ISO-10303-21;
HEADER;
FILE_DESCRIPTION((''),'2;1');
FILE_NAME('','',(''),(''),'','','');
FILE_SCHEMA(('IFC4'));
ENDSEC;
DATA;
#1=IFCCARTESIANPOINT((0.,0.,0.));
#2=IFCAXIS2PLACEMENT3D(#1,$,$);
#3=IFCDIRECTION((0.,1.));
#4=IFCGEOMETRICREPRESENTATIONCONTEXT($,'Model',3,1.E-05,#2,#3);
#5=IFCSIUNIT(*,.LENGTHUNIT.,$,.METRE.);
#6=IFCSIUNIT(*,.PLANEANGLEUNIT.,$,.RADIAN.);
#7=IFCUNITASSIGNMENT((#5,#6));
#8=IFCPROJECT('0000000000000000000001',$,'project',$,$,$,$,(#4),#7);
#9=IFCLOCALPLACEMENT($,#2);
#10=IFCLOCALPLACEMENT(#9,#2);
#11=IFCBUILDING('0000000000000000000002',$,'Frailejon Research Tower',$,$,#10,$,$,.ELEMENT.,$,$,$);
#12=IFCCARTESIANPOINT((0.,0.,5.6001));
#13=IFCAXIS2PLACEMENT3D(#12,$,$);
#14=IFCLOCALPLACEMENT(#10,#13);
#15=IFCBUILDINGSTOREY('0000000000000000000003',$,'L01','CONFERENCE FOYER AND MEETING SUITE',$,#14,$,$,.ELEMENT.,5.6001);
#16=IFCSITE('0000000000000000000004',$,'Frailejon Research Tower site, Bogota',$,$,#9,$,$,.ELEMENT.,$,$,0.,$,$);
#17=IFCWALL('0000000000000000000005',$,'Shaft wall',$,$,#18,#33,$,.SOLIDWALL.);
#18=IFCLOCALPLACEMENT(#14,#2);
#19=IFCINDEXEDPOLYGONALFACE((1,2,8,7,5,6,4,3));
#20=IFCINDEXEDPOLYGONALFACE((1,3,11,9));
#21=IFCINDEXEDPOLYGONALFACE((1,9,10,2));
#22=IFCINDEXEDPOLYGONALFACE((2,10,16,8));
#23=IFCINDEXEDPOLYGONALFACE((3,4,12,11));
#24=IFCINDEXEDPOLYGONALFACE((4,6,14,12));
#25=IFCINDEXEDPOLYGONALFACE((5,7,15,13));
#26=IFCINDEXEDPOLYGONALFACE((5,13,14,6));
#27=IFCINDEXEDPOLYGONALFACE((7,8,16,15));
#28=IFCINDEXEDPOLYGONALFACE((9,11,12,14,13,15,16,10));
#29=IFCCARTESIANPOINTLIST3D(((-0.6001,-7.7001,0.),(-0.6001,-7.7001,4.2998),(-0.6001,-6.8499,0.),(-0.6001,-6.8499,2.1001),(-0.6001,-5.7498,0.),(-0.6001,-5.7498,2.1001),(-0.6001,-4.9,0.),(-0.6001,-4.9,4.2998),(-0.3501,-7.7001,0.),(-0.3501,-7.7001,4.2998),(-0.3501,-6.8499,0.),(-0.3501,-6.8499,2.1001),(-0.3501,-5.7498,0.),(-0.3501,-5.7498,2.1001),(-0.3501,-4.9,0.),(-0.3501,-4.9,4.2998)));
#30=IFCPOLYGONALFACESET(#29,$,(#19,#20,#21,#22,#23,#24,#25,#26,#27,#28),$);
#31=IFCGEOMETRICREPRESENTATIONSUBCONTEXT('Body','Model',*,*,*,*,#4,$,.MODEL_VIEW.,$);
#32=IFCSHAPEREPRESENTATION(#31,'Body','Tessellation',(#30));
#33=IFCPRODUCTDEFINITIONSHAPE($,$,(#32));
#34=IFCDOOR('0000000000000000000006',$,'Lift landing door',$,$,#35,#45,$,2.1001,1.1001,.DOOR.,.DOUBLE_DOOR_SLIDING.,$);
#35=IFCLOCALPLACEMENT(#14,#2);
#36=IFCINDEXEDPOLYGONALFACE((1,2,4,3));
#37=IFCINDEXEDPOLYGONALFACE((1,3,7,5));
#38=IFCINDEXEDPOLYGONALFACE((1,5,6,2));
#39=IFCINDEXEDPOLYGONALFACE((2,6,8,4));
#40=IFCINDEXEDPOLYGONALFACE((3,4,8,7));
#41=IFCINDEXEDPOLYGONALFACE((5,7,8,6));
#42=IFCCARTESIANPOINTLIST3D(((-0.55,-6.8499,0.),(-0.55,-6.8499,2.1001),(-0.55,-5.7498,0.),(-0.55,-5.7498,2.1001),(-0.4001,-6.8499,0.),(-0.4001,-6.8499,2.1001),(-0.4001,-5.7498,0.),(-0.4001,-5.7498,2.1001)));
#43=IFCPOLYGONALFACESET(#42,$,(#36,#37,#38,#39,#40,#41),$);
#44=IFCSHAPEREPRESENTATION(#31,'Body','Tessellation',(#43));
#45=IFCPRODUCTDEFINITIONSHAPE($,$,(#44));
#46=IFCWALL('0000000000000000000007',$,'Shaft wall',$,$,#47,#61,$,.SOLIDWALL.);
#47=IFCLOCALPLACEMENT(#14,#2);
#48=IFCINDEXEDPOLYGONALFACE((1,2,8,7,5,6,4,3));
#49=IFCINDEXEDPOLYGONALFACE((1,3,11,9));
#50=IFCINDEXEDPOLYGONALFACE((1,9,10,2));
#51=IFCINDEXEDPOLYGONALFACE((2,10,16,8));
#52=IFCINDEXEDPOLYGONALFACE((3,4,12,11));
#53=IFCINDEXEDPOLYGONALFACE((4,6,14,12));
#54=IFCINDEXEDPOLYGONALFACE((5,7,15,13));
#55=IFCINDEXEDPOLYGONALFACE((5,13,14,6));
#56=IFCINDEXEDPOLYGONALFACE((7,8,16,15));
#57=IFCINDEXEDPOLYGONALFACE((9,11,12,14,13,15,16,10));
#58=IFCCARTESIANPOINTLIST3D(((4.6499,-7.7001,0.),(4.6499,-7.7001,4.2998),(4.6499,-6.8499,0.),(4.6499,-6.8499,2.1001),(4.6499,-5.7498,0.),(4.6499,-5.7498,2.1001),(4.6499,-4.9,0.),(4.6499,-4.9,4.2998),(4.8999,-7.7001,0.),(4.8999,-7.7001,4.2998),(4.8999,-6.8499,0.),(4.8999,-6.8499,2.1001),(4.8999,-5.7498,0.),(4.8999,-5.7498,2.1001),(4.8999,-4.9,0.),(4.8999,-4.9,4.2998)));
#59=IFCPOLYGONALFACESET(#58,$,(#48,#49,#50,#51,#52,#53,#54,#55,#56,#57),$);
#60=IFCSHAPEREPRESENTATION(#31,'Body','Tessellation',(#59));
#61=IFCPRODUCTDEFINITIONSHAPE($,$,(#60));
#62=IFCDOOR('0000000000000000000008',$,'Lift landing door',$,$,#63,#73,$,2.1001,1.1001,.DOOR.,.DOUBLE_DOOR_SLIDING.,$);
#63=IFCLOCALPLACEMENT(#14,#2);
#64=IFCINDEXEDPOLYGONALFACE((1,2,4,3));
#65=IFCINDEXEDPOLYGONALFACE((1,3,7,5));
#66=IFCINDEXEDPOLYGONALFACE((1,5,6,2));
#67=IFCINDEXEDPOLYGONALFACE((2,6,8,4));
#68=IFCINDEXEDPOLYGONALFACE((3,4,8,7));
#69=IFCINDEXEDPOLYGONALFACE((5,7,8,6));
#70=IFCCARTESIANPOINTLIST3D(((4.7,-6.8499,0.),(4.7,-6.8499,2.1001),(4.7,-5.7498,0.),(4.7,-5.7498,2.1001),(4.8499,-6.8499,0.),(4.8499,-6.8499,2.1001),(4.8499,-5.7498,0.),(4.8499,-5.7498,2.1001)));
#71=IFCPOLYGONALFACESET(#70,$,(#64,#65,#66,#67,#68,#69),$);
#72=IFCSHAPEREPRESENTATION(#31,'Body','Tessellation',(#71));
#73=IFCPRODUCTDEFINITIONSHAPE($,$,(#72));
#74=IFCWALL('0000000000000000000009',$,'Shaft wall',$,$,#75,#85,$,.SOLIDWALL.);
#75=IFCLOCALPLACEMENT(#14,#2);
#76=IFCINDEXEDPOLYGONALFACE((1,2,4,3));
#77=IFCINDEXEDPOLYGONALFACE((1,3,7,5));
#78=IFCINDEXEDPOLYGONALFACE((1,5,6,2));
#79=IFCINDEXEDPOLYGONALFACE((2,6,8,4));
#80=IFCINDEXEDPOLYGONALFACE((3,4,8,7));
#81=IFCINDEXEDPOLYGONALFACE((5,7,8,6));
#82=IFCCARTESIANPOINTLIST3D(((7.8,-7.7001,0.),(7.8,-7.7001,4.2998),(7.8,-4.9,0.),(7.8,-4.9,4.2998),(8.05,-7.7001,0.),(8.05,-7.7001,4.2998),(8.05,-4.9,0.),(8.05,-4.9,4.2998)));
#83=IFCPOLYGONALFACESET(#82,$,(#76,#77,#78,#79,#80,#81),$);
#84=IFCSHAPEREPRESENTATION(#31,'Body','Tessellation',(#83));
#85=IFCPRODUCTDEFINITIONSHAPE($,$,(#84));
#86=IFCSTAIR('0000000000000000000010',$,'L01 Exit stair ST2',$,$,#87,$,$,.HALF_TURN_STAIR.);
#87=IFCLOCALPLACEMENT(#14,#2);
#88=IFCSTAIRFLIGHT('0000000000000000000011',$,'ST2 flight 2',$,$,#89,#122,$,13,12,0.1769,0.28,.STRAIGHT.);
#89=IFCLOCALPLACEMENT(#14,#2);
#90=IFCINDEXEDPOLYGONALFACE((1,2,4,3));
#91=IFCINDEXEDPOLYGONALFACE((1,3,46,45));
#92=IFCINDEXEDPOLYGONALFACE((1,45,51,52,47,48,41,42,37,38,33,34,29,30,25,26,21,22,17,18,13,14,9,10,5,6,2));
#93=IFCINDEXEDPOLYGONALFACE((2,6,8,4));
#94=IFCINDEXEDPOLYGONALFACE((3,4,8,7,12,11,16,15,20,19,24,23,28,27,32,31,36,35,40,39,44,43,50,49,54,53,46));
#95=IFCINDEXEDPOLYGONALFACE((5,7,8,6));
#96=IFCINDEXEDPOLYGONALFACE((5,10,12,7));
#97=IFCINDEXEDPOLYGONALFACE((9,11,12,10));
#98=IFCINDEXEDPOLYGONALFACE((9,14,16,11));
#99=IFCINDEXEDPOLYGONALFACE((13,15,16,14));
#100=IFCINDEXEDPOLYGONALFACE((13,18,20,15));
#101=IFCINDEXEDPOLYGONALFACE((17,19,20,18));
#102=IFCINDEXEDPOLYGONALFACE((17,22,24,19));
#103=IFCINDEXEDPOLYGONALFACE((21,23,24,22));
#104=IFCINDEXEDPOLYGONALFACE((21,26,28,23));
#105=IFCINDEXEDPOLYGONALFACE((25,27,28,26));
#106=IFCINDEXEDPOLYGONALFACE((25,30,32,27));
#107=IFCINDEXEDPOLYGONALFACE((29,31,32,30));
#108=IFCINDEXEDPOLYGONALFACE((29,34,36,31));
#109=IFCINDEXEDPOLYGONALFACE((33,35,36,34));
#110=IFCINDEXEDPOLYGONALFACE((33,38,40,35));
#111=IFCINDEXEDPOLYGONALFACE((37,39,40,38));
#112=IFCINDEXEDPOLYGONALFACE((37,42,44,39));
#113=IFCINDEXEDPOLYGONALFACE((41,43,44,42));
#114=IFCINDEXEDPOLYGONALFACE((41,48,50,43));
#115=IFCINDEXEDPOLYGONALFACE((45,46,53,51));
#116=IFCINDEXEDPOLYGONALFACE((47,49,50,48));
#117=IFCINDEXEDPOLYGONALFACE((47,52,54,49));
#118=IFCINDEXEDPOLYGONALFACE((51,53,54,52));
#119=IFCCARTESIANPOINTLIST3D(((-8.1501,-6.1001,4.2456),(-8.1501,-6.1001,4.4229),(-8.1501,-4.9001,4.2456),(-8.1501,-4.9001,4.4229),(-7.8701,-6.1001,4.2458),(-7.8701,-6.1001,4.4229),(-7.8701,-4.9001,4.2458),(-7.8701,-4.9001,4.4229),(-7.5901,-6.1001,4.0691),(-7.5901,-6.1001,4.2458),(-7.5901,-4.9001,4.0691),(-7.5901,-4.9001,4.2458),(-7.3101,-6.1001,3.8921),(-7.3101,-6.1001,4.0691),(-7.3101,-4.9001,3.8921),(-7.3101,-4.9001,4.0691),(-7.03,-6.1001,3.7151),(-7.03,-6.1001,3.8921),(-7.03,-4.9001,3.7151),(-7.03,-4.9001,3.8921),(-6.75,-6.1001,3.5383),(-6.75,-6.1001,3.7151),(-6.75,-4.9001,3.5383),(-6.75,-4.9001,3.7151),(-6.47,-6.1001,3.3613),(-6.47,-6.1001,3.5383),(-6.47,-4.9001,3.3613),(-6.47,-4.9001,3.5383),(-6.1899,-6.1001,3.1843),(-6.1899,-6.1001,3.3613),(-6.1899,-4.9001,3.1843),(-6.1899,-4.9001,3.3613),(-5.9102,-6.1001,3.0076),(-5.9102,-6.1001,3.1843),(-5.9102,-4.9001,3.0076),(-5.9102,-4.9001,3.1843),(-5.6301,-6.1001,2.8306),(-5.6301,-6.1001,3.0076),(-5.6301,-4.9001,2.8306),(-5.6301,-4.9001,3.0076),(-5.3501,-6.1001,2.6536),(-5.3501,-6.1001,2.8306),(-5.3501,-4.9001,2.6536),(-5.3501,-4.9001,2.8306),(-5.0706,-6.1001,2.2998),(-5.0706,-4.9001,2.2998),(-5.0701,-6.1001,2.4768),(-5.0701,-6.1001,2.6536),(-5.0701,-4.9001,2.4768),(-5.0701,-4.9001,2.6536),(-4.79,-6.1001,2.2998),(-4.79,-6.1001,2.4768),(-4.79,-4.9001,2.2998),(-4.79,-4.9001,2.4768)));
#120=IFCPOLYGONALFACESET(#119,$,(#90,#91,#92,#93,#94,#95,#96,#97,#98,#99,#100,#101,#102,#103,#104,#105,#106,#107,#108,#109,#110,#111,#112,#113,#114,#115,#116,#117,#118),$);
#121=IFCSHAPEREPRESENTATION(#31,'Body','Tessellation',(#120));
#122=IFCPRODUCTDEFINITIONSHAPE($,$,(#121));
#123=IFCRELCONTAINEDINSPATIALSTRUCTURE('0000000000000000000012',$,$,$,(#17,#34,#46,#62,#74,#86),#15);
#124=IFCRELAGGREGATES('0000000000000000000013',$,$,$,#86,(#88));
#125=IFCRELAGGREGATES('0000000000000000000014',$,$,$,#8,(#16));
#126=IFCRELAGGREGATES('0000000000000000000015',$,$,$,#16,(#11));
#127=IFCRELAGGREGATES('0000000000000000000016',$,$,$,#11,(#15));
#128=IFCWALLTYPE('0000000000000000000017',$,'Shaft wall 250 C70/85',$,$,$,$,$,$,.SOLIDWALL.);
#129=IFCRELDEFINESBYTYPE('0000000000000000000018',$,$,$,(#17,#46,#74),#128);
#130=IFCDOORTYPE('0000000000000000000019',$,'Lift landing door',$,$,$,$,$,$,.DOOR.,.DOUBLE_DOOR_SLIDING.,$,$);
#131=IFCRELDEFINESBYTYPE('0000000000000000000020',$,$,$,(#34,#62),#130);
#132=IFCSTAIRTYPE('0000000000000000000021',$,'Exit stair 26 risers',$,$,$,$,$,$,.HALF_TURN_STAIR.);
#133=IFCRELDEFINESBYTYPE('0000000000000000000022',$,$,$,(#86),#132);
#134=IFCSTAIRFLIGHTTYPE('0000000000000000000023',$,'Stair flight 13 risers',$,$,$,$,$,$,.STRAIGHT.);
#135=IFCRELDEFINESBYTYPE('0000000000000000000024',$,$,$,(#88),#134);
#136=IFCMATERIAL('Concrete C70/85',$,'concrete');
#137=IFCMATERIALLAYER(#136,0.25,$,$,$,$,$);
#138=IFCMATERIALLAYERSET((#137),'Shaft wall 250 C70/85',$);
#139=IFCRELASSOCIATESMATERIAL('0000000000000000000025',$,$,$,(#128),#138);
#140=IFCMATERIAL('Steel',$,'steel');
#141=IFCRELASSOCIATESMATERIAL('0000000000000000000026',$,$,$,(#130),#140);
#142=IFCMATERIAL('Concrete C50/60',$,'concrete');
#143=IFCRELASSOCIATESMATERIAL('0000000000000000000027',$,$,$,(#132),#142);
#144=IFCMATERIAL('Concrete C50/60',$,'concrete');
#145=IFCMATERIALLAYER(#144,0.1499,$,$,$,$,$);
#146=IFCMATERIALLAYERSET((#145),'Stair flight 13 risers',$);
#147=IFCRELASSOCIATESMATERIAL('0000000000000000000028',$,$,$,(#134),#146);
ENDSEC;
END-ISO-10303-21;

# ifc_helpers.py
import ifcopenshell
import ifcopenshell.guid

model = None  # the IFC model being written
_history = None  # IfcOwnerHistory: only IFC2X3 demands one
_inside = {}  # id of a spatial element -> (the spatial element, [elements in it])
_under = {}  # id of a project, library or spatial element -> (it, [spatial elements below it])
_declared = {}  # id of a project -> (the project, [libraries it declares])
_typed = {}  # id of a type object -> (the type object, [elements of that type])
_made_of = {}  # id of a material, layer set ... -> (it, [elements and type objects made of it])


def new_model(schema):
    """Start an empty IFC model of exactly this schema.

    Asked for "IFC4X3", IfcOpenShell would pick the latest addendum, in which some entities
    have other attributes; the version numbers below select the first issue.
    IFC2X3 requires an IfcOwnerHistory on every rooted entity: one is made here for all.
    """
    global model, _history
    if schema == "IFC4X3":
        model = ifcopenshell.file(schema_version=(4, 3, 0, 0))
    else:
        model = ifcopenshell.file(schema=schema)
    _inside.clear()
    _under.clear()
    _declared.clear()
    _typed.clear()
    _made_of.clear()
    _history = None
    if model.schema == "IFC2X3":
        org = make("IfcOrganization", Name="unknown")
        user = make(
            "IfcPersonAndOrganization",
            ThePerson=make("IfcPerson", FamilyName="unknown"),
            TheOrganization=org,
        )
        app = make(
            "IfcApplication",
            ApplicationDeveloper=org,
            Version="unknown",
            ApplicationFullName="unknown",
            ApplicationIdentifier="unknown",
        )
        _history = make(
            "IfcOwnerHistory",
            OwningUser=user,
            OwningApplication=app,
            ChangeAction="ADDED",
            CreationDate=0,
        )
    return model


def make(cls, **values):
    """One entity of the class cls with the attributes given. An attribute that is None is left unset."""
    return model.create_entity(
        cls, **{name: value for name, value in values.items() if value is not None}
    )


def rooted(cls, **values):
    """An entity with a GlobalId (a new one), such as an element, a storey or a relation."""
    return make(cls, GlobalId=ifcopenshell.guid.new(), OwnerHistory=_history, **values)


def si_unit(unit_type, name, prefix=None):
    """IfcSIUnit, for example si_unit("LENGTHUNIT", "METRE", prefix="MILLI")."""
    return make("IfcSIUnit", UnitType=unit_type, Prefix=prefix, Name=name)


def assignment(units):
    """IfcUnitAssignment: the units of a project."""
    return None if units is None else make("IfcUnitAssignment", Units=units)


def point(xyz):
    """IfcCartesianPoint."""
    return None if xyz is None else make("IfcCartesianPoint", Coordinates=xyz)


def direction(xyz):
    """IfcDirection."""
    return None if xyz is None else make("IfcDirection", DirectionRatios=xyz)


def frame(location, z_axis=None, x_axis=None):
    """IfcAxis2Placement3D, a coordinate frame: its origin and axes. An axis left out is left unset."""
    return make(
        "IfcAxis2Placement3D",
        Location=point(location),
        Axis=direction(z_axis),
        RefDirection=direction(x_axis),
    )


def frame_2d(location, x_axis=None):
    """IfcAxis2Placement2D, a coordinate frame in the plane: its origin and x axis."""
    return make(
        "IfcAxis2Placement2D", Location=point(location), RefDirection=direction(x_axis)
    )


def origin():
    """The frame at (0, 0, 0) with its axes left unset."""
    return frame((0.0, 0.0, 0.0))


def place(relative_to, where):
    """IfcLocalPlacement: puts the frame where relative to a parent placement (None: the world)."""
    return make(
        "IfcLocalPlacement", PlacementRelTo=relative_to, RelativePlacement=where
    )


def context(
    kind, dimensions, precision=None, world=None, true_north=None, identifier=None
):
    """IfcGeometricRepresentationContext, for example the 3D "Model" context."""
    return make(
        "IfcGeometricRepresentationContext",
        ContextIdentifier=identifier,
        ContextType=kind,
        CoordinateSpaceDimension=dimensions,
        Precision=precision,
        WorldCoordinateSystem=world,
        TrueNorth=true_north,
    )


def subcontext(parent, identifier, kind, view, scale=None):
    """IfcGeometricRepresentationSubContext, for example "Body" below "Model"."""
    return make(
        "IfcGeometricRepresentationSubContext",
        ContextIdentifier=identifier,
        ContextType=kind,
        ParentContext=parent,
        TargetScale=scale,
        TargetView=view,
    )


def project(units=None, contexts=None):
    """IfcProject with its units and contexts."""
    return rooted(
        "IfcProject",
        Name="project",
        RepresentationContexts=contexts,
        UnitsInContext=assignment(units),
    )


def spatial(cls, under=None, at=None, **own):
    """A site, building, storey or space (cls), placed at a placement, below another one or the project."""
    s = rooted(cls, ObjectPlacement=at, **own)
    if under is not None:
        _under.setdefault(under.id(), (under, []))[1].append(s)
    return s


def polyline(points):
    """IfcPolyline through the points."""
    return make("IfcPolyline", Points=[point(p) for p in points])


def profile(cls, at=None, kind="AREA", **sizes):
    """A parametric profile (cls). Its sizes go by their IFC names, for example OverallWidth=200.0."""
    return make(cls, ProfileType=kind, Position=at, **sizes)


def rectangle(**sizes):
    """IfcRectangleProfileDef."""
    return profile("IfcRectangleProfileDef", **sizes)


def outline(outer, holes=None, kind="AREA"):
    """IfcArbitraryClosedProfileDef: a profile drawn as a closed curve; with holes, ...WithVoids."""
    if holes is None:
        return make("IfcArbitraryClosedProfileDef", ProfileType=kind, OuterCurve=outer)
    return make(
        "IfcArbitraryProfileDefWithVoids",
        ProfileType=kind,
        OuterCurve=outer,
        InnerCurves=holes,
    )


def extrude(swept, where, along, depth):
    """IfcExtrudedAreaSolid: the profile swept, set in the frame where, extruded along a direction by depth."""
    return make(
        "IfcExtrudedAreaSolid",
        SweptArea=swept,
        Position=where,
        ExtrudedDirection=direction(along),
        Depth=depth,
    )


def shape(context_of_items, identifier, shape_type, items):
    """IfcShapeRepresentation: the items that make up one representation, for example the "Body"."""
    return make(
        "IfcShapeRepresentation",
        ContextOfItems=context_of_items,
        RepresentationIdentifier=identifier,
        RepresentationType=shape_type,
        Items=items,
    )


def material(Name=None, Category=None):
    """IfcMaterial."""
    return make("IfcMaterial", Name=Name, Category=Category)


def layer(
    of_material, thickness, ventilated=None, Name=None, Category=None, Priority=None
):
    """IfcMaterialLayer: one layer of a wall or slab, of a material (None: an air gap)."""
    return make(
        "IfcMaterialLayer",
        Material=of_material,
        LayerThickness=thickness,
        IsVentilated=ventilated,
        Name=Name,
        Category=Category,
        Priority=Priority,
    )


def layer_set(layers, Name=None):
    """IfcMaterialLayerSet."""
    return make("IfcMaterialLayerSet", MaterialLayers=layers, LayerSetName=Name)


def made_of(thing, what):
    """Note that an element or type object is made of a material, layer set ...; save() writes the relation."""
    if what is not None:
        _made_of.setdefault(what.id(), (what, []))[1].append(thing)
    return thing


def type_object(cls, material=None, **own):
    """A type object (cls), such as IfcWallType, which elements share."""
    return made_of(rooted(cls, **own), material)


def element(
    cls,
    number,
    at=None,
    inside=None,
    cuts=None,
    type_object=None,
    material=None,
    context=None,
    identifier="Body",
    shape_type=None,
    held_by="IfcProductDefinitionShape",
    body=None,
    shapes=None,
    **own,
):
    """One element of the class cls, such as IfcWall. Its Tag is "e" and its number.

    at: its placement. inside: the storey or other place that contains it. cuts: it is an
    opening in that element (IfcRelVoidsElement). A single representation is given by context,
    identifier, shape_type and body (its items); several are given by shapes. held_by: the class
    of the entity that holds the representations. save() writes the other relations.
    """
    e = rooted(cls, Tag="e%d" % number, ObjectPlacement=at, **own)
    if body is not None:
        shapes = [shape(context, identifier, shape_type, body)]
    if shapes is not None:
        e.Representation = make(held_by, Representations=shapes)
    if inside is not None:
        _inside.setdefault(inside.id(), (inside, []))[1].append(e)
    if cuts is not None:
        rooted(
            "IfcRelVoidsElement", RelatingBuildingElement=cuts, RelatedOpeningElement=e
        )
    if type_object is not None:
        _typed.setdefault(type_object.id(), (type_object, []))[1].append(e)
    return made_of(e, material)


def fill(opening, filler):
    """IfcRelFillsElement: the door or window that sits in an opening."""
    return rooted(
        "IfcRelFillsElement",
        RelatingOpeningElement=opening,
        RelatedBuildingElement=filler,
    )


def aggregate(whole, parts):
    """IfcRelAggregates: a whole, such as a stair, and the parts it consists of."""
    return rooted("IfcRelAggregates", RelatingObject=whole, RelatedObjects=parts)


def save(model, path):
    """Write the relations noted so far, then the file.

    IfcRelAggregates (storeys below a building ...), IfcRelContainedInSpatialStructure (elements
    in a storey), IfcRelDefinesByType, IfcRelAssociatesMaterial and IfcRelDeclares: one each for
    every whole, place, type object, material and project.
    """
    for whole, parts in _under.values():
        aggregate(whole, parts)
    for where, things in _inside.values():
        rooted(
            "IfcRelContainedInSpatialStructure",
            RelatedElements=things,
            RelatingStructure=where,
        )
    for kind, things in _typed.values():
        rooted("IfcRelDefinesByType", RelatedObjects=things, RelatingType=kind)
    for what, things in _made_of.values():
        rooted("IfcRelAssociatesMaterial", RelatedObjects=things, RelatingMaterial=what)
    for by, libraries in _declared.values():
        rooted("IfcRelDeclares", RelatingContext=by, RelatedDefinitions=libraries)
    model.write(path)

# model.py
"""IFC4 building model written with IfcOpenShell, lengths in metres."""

from ifc_helpers import new_model, si_unit, direction, frame, frame_2d, origin, place, context, subcontext, project, spatial, polyline, rectangle, outline, extrude, material, layer, layer_set, type_object, element, fill, aggregate, save


model = new_model("IFC4")

# Units and contexts
model_context = context("Model", 3, precision=1e-05, world=origin(), true_north=direction((0.0, 1.0)))
body_context = subcontext(model_context, "Body", "Model", "MODEL_VIEW")
ifc_project = project(units=[si_unit("LENGTHUNIT", "METRE"), si_unit("PLANEANGLEUNIT", "RADIAN")], contexts=[model_context])

# Site, building, storey
site_placement = place(None, origin())
site = spatial("IfcSite", under=ifc_project, at=site_placement, Name="Frailejon Research Tower site, Bogota", CompositionType="ELEMENT", RefElevation=0.0)
building_placement = place(site_placement, origin())
building = spatial("IfcBuilding", under=site, at=building_placement, Name="Frailejon Research Tower", CompositionType="ELEMENT")
storey_placement = place(building_placement, frame((0.0, 0.0, 5.6001)))
storey = spatial("IfcBuildingStorey", under=building, at=storey_placement, Name="L01", Description="CONFERENCE FOYER AND MEETING SUITE", CompositionType="ELEMENT", Elevation=5.6001)

# Shared definitions
ifc_material_1 = material(Name="Concrete C70/85", Category="concrete")
ifc_layer_1 = layer(ifc_material_1, 0.25)
ifc_layer_set_1 = layer_set([ifc_layer_1], Name="Shaft wall 250 C70/85")
wall_type_1 = type_object("IfcWallType", Name="Shaft wall 250 C70/85", PredefinedType="SOLIDWALL", material=ifc_layer_set_1)

# Walls, openings, doors
wall_1_placement = place(storey_placement, frame((-0.4751, -7.7, 0.0), z_axis=(0.0, 0.0, 1.0), x_axis=(0.0, 1.0, 0.0)))
wall_1 = element("IfcWall", 1, at=wall_1_placement, inside=storey, type_object=wall_type_1, Name="Shaft wall", PredefinedType="SOLIDWALL", context=body_context, shape_type="SweptSolid", body=[
    extrude(rectangle(XDim=2.8, YDim=0.25, at=frame_2d((1.3999, 0.0))), origin(), (0.0, 0.0, 1.0), 4.2998),
])
opening_1_placement = place(wall_1_placement, frame((0.8501, 0.0, 0.0)))
opening_1 = element("IfcOpeningElement", 2, at=opening_1_placement, cuts=wall_1, PredefinedType="OPENING", context=body_context, shape_type="SweptSolid", body=[
    extrude(rectangle(XDim=1.1001, YDim=2.1001, at=frame_2d((0.55, 1.05))), frame((0.0, 0.135, 0.0), z_axis=(0.0, -1.0, 0.0), x_axis=(1.0, 0.0, 0.0)), (0.0, 0.0, 1.0), 0.27),
])
ifc_material_2 = material(Name="Steel", Category="steel")
door_type_1 = type_object("IfcDoorType", Name="Lift landing door", OperationType="DOUBLE_DOOR_SLIDING", PredefinedType="DOOR", material=ifc_material_2)
door_1_placement = place(opening_1_placement, origin())
door_1 = element("IfcDoor", 3, at=door_1_placement, inside=storey, type_object=door_type_1, Name="Lift landing door", OperationType="DOUBLE_DOOR_SLIDING", OverallHeight=2.1001, OverallWidth=1.1001, PredefinedType="DOOR", context=body_context, shape_type="SweptSolid", body=[
    extrude(rectangle(XDim=1.1001, YDim=2.1001, at=frame_2d((0.55, 1.05))), frame((0.0, 0.075, 0.0), z_axis=(0.0, -1.0, 0.0), x_axis=(1.0, 0.0, 0.0)), (0.0, 0.0, 1.0), 0.1499),
])
fill(opening_1, door_1)
wall_2_placement = place(storey_placement, frame((4.7749, -7.7, 0.0), z_axis=(0.0, 0.0, 1.0), x_axis=(0.0, 1.0, 0.0)))
wall_2 = element("IfcWall", 4, at=wall_2_placement, inside=storey, type_object=wall_type_1, Name="Shaft wall", PredefinedType="SOLIDWALL", context=body_context, shape_type="SweptSolid", body=[
    extrude(rectangle(XDim=2.8, YDim=0.25, at=frame_2d((1.3999, 0.0))), origin(), (0.0, 0.0, 1.0), 4.2998),
])
opening_2_placement = place(wall_2_placement, frame((0.8501, 0.0, 0.0)))
opening_2 = element("IfcOpeningElement", 5, at=opening_2_placement, cuts=wall_2, PredefinedType="OPENING", context=body_context, shape_type="SweptSolid", body=[
    extrude(rectangle(XDim=1.1001, YDim=2.1001, at=frame_2d((0.55, 1.05))), frame((0.0, 0.135, 0.0), z_axis=(0.0, -1.0, 0.0), x_axis=(1.0, 0.0, 0.0)), (0.0, 0.0, 1.0), 0.27),
])
door_2_placement = place(opening_2_placement, origin())
door_2 = element("IfcDoor", 6, at=door_2_placement, inside=storey, type_object=door_type_1, Name="Lift landing door", OperationType="DOUBLE_DOOR_SLIDING", OverallHeight=2.1001, OverallWidth=1.1001, PredefinedType="DOOR", context=body_context, shape_type="SweptSolid", body=[
    extrude(rectangle(XDim=1.1001, YDim=2.1001, at=frame_2d((0.55, 1.05))), frame((0.0, 0.075, 0.0), z_axis=(0.0, -1.0, 0.0), x_axis=(1.0, 0.0, 0.0)), (0.0, 0.0, 1.0), 0.1499),
])
fill(opening_2, door_2)

# Wall
wall_3_placement = place(storey_placement, frame((7.925, -7.7, 0.0), z_axis=(0.0, 0.0, 1.0), x_axis=(0.0, 1.0, 0.0)))
element("IfcWall", 7, at=wall_3_placement, inside=storey, type_object=wall_type_1, Name="Shaft wall", PredefinedType="SOLIDWALL", context=body_context, shape_type="SweptSolid", body=[
    extrude(rectangle(XDim=2.8, YDim=0.25, at=frame_2d((1.3999, 0.0))), origin(), (0.0, 0.0, 1.0), 4.2998),
])

# Stair, stair flight
ifc_material_3 = material(Name="Concrete C50/60", Category="concrete")
stair_type = type_object("IfcStairType", Name="Exit stair 26 risers", PredefinedType="HALF_TURN_STAIR", material=ifc_material_3)
stair_placement = place(storey_placement, origin())
stair = element("IfcStair", 8, at=stair_placement, inside=storey, type_object=stair_type, Name="L01 Exit stair ST2", PredefinedType="HALF_TURN_STAIR")
ifc_material_4 = material(Name="Concrete C50/60", Category="concrete")
ifc_layer_2 = layer(ifc_material_4, 0.1499)
ifc_layer_set_2 = layer_set([ifc_layer_2], Name="Stair flight 13 risers")
stair_flight_type = type_object("IfcStairFlightType", Name="Stair flight 13 risers", PredefinedType="STRAIGHT", material=ifc_layer_set_2)
stair_flight_placement = place(storey_placement, frame((-4.79, -5.5, 2.2998), z_axis=(0.0, 0.0, 1.0), x_axis=(-1.0, 0.0, 0.0)))
stair_flight = element("IfcStairFlight", 9, at=stair_flight_placement, type_object=stair_flight_type, Name="ST2 flight 2", NumberOfRisers=13, NumberOfTreads=12, PredefinedType="STRAIGHT", RiserHeight=0.1769, TreadLength=0.28, context=body_context, shape_type="SweptSolid", body=[
    extrude(outline(polyline([(0.0, 0.0), (0.0, 0.177), (0.28, 0.177), (0.28, 0.3538), (0.5601, 0.3538), (0.5601, 0.5308), (0.8401, 0.5308), (0.8401, 0.7078), (1.1201, 0.7078), (1.1201, 0.8845), (1.3999, 0.8845), (1.3999, 1.0615), (1.6799, 1.0615), (1.6799, 1.2385), (1.96, 1.2385), (1.96, 1.4153), (2.24, 1.4153), (2.24, 1.5923), (2.52, 1.5923), (2.52, 1.7693), (2.8, 1.7693), (2.8, 1.946), (3.0801, 1.946), (3.0801, 2.123), (3.3601, 2.123), (3.3601, 2.3), (3.3601, 1.9458), (0.2805, 0.0), (0.0, 0.0)])), frame((0.0, 0.6001, 0.0), z_axis=(0.0, -1.0, 0.0), x_axis=(1.0, 0.0, 0.0)), (0.0, 0.0, 1.0), 1.2),
])
aggregate(stair, [stair_flight])

save(model, "model.ifc")
